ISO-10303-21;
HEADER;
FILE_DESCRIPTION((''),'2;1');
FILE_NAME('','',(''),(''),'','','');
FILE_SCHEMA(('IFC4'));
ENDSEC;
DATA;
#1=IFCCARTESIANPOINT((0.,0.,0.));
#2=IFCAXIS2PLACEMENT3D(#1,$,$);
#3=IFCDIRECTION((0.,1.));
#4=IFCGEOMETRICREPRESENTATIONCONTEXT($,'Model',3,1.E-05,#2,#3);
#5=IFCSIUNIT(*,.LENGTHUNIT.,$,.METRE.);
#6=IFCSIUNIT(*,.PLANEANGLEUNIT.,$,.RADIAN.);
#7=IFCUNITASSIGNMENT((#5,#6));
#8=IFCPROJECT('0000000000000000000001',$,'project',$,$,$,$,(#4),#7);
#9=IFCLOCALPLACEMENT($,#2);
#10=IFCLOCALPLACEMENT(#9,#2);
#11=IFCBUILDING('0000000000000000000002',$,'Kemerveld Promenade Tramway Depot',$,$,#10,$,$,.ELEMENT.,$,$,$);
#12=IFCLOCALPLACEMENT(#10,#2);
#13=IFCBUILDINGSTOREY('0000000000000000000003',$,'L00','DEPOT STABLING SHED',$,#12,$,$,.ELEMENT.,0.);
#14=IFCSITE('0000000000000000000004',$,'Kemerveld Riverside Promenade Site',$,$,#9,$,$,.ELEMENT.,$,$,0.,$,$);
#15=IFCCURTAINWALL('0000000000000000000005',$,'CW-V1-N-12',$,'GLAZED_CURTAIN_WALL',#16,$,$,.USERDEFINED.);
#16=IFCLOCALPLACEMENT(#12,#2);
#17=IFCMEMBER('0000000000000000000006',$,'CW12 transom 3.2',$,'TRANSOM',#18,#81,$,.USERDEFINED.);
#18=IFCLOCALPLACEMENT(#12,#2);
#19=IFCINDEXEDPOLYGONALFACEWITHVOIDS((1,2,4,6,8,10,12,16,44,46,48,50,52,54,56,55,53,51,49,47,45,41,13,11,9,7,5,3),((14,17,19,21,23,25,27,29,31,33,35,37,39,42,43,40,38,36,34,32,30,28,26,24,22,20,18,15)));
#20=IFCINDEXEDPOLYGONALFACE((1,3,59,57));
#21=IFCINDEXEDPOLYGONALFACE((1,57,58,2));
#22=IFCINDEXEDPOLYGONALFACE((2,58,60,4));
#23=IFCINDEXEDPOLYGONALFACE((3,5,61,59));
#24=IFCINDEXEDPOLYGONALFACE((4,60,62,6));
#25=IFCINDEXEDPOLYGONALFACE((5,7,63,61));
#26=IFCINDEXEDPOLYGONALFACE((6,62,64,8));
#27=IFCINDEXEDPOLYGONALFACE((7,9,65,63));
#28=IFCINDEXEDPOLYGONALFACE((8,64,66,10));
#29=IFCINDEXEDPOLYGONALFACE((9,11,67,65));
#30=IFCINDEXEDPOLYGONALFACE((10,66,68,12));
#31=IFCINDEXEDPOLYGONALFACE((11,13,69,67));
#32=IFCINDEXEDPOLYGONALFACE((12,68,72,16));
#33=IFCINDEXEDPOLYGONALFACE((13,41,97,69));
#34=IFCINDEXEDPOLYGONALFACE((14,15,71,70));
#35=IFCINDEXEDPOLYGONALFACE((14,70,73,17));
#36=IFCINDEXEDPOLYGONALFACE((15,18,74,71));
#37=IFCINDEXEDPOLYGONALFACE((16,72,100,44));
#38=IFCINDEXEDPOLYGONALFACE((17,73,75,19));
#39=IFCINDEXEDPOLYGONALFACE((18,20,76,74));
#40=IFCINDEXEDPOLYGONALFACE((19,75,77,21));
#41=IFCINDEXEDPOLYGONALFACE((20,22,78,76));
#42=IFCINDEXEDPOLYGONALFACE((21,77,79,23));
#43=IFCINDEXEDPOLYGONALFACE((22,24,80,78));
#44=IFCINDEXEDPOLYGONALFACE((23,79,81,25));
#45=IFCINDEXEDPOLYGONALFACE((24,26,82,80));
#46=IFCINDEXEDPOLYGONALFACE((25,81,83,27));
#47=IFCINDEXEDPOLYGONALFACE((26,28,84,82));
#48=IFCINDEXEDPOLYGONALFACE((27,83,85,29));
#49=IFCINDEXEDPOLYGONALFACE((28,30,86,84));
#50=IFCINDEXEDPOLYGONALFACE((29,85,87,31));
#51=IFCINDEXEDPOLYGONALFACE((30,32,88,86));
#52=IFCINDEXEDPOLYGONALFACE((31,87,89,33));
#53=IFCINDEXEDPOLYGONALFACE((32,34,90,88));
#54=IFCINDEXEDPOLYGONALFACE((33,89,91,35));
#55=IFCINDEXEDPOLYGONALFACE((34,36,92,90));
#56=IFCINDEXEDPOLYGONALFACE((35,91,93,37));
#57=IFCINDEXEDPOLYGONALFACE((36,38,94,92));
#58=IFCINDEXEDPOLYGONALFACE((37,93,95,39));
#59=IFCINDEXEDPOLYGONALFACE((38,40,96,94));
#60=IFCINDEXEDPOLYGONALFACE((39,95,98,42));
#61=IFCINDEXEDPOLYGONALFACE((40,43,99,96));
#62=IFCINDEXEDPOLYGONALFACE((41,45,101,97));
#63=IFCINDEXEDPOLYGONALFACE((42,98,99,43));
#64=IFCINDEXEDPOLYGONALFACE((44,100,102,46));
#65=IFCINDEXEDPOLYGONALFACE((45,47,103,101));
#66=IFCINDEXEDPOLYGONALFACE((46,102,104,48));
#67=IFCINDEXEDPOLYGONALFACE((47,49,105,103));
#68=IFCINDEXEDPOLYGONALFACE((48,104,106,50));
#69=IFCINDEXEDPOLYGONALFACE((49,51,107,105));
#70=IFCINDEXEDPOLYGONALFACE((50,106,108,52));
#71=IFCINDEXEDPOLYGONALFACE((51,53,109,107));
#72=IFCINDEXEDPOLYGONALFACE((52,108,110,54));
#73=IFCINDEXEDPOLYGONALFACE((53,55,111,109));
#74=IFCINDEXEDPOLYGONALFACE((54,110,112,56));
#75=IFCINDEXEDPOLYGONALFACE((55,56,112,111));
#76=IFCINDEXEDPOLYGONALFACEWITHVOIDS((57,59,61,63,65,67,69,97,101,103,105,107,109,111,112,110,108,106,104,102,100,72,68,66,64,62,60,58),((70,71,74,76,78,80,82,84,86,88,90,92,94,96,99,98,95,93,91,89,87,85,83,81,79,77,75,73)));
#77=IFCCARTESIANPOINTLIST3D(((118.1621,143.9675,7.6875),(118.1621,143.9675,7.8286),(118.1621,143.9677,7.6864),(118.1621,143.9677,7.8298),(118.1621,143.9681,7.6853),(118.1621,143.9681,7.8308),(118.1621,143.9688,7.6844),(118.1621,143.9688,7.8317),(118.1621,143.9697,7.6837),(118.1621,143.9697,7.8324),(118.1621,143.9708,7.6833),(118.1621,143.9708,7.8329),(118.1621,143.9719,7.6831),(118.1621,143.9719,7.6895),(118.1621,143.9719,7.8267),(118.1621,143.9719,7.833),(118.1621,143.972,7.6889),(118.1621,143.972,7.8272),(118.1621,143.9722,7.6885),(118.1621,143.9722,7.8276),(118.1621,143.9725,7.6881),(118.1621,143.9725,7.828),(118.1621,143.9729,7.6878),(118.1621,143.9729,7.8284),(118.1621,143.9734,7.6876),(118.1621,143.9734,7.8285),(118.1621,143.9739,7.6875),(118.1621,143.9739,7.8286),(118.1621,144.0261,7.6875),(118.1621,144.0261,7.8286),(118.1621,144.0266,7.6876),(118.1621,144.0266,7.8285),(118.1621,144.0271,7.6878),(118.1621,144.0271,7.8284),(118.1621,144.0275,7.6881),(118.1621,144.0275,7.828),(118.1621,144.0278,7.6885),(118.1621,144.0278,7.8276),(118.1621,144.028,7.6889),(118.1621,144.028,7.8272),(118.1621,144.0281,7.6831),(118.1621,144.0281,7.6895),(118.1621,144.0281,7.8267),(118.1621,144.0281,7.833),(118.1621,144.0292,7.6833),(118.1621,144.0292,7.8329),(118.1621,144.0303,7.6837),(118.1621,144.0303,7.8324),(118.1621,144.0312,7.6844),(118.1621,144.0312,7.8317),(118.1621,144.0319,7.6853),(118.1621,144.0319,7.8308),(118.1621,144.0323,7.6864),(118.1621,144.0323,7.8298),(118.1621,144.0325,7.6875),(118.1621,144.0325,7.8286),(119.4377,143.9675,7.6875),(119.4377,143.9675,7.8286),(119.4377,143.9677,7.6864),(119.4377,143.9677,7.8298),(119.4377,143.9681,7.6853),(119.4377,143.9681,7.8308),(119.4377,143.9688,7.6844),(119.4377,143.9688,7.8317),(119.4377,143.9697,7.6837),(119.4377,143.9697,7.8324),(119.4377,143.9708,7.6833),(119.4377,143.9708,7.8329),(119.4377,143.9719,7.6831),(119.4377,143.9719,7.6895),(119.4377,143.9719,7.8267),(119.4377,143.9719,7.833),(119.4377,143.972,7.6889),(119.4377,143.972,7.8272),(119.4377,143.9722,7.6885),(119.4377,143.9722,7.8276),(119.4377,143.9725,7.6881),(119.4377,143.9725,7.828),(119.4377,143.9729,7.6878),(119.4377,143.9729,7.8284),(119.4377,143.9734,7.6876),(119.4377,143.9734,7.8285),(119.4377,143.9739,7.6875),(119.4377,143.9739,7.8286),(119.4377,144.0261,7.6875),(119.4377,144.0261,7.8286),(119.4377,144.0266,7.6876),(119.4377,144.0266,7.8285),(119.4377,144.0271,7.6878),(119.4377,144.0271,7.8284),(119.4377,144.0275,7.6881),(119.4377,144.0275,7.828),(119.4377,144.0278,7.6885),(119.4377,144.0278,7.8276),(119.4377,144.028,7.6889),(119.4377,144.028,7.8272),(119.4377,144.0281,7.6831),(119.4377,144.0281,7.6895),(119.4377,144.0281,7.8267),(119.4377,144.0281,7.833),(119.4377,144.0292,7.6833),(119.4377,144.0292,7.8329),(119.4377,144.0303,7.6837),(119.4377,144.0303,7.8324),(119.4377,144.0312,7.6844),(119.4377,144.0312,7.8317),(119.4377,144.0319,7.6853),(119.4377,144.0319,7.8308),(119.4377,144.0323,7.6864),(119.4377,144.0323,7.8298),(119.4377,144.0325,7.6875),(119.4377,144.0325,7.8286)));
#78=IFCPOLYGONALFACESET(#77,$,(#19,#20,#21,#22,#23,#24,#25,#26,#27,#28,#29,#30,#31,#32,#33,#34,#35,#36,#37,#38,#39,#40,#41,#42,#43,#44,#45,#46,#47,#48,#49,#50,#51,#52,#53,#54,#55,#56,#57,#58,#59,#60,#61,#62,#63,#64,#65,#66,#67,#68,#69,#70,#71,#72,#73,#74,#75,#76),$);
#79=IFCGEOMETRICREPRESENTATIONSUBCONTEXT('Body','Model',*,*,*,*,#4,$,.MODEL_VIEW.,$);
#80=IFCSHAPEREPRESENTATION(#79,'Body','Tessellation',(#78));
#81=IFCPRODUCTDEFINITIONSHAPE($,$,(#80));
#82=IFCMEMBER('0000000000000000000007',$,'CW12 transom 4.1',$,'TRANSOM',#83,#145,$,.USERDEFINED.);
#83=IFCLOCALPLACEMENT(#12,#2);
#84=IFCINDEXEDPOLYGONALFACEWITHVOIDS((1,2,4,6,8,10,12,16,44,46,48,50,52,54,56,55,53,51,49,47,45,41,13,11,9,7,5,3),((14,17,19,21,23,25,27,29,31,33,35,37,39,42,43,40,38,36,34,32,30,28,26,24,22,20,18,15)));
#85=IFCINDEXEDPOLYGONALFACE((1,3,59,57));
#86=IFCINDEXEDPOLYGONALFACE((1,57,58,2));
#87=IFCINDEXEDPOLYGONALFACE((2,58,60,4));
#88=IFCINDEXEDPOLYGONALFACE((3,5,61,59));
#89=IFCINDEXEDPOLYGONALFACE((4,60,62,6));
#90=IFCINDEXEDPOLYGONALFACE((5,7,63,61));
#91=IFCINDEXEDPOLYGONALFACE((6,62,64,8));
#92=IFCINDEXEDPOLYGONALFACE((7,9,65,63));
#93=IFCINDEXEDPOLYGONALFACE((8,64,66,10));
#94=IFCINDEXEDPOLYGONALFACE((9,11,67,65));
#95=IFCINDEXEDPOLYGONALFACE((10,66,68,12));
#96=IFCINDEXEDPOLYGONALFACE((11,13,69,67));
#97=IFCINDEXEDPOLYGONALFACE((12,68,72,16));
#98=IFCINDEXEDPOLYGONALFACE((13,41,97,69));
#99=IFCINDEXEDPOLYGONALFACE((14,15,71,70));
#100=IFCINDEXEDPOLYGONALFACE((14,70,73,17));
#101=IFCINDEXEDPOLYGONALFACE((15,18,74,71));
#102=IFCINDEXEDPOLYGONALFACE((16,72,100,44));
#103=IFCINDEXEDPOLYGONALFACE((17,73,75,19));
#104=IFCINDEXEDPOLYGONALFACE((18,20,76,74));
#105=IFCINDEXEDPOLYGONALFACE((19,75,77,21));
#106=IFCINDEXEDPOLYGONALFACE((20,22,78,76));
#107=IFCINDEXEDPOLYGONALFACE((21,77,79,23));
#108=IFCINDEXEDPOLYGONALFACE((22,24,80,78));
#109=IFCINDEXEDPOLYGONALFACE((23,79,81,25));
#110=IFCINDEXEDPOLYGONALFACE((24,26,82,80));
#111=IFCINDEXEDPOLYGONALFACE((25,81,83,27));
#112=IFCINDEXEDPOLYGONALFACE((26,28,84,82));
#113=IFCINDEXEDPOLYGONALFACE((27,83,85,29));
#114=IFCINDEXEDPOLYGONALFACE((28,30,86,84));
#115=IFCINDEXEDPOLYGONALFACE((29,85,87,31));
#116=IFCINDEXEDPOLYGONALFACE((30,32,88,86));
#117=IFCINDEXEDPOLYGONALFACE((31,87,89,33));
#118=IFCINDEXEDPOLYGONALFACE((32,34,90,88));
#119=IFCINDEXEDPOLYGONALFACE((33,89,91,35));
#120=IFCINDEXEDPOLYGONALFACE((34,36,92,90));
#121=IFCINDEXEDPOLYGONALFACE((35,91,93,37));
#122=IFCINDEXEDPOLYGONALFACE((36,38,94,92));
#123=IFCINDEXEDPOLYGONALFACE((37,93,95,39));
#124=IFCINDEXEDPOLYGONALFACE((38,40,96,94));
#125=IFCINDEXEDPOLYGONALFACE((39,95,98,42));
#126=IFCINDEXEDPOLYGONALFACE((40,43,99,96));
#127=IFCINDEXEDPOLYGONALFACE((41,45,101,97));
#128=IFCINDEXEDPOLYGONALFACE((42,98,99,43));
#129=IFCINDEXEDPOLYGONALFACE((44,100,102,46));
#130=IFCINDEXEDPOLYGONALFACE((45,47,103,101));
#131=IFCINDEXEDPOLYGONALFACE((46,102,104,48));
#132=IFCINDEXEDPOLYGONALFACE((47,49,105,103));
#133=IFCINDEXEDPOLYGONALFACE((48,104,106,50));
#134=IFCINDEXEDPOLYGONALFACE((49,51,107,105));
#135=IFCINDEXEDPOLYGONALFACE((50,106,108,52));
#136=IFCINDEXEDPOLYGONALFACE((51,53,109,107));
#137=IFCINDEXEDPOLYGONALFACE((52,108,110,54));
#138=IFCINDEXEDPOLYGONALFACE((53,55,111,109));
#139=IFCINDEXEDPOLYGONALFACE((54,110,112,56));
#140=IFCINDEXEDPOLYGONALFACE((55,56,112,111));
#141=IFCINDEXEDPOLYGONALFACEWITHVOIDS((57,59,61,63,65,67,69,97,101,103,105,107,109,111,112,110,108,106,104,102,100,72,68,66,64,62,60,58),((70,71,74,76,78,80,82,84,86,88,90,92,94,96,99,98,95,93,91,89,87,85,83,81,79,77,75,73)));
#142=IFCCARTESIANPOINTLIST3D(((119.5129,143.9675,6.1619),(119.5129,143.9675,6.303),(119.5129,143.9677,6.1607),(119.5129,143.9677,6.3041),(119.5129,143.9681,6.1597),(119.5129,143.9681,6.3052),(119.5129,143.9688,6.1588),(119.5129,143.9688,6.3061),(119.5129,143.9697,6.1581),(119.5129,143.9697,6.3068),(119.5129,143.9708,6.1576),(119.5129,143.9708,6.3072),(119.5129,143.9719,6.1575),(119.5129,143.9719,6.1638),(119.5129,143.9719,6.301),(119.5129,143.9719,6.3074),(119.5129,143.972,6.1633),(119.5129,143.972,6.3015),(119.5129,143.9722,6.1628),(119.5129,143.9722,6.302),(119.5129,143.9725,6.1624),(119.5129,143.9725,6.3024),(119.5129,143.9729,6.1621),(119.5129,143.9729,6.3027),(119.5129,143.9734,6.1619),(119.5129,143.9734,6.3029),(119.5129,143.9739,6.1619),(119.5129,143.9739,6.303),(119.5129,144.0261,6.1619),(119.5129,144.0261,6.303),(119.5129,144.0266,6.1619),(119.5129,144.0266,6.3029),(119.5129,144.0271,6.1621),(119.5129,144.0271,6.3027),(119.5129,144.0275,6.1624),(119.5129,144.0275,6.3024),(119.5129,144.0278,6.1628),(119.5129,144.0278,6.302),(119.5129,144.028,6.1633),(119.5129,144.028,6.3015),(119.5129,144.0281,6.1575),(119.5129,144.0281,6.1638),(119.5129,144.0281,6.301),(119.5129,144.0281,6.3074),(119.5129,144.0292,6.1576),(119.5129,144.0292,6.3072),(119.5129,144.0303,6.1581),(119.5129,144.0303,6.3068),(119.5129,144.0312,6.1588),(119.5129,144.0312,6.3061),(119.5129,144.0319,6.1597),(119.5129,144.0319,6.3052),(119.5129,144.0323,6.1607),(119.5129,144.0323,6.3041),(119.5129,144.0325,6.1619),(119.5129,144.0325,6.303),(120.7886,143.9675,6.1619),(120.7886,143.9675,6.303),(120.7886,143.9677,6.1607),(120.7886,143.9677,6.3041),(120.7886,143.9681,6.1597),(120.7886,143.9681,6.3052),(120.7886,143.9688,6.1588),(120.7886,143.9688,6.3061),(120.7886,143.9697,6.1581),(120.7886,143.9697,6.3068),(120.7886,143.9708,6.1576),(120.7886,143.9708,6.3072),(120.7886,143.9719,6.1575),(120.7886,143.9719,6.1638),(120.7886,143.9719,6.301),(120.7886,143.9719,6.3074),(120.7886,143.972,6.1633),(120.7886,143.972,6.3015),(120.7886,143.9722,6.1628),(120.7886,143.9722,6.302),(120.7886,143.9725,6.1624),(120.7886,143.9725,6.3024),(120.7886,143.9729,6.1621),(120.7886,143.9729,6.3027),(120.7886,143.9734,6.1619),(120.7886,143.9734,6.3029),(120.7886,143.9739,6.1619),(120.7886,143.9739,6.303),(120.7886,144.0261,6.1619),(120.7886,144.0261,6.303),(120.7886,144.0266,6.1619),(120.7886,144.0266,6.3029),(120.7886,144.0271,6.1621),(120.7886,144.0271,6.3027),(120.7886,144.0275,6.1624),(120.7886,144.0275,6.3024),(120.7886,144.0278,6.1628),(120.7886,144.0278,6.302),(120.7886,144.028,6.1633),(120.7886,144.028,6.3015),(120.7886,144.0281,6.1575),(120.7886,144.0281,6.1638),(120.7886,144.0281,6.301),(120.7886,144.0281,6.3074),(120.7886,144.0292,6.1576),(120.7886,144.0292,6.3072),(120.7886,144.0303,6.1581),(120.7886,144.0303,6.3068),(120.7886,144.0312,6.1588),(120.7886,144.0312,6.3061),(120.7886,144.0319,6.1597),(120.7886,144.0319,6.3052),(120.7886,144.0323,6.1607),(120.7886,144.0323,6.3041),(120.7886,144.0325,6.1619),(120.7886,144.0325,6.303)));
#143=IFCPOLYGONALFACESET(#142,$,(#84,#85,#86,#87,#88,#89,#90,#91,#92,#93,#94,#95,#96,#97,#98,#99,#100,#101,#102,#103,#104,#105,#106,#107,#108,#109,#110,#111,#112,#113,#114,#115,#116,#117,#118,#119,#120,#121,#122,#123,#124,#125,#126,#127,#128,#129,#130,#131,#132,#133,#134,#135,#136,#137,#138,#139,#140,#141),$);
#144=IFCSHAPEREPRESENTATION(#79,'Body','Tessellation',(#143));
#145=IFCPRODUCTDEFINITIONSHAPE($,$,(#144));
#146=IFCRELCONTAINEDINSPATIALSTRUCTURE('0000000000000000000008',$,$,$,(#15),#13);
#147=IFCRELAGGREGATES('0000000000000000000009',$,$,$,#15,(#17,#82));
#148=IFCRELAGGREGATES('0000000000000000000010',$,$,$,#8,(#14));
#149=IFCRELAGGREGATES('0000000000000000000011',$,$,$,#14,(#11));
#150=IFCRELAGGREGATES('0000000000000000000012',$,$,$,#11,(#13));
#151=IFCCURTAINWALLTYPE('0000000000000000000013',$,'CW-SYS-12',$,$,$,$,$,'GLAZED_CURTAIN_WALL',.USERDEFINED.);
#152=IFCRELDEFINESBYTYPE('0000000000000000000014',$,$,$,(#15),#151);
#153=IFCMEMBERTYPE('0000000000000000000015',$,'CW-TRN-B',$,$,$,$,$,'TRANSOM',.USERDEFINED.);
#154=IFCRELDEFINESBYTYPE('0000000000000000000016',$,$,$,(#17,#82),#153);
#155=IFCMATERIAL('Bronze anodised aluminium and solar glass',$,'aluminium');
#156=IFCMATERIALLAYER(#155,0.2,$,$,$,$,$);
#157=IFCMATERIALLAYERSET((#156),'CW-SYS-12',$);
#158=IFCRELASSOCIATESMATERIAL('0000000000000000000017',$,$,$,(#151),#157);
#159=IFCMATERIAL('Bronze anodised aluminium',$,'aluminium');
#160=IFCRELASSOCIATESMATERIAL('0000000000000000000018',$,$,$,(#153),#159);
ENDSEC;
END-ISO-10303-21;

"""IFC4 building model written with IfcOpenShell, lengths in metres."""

from ifc_helpers import new_model, si_unit, direction, frame, origin, origin_2d, place, context, subcontext, project, spatial, hollow_rectangle, extrude, material, layer, layer_set, material_profile, profile_set, type_object, element, aggregate, save


model = new_model("IFC4")

# Units and contexts
model_context = context("Model", 3, precision=1e-05, world=origin(), true_north=direction((0.0, 1.0)))
body_context = subcontext(model_context, "Body", "Model", "MODEL_VIEW")
ifc_project = project(units=[si_unit("LENGTHUNIT", "METRE"), si_unit("PLANEANGLEUNIT", "RADIAN")], contexts=[model_context])

# Site, building, storey
site_placement = place(None, origin())
site = spatial("IfcSite", under=ifc_project, at=site_placement, Name="Kemerveld Riverside Promenade Site", CompositionType="ELEMENT", RefElevation=0.0)
building_placement = place(site_placement, origin())
building = spatial("IfcBuilding", under=site, at=building_placement, Name="Kemerveld Promenade Tramway Depot", CompositionType="ELEMENT")
storey_placement = place(building_placement, origin())
storey = spatial("IfcBuildingStorey", under=building, at=storey_placement, Name="L00", Description="DEPOT STABLING SHED", CompositionType="ELEMENT", Elevation=0.0)

# Shared definitions
ifc_material_1 = material(Name="Bronze anodised aluminium and solar glass", Category="aluminium")
ifc_material_2 = material(Name="Bronze anodised aluminium", Category="aluminium")

# Curtain wall, members
ifc_layer_1 = layer(ifc_material_1, 0.2)
ifc_layer_set_1 = layer_set([ifc_layer_1], Name="CW-SYS-12")
curtain_wall_type_1 = type_object("IfcCurtainWallType", Name="CW-SYS-12", ElementType="GLAZED_CURTAIN_WALL", PredefinedType="USERDEFINED", material=ifc_layer_set_1)
curtain_wall_1_placement = place(storey_placement, origin())
curtain_wall_1 = element("IfcCurtainWall", 1, at=curtain_wall_1_placement, inside=storey, type_object=curtain_wall_type_1, Name="CW-V1-N-12", ObjectType="GLAZED_CURTAIN_WALL", PredefinedType="USERDEFINED")
ifc_material_profile_1 = material_profile(ifc_material_2, hollow_rectangle(XDim=0.0649, YDim=0.1499, WallThickness=0.0044, InnerFilletRadius=0.002, OuterFilletRadius=0.0044, at=origin_2d()), Name="CW-TRN-150x65")
ifc_profile_set_1 = profile_set([ifc_material_profile_1], Name="Bronze anodised aluminium")
member_type_1 = type_object("IfcMemberType", Name="CW-TRN-B", ElementType="TRANSOM", PredefinedType="USERDEFINED", material=ifc_profile_set_1)
member_1_placement = place(storey_placement, frame((118.1621, 144.0, 7.7581), z_axis=(1.0, 0.0, 0.0), x_axis=(0.0, 1.0, 0.0)))
member_1 = element("IfcMember", 2, at=member_1_placement, type_object=member_type_1, Name="CW12 transom 3.2", ObjectType="TRANSOM", PredefinedType="USERDEFINED", context=body_context, shape_type="SweptSolid", body=[
    extrude(hollow_rectangle(XDim=0.0649, YDim=0.1499, WallThickness=0.0044, InnerFilletRadius=0.002, OuterFilletRadius=0.0044, at=origin_2d()), origin(), (0.0, 0.0, 1.0), 1.2756),
])
member_2_placement = place(storey_placement, frame((119.5129, 144.0, 6.2324), z_axis=(1.0, 0.0, 0.0), x_axis=(0.0, 1.0, 0.0)))
member_2 = element("IfcMember", 3, at=member_2_placement, type_object=member_type_1, Name="CW12 transom 4.1", ObjectType="TRANSOM", PredefinedType="USERDEFINED", context=body_context, shape_type="SweptSolid", body=[
    extrude(hollow_rectangle(XDim=0.0649, YDim=0.1499, WallThickness=0.0044, InnerFilletRadius=0.002, OuterFilletRadius=0.0044, at=origin_2d()), origin(), (0.0, 0.0, 1.0), 1.2756),
])

aggregate(curtain_wall_1, [member_1, member_2])

save(model, "model.ifc")
